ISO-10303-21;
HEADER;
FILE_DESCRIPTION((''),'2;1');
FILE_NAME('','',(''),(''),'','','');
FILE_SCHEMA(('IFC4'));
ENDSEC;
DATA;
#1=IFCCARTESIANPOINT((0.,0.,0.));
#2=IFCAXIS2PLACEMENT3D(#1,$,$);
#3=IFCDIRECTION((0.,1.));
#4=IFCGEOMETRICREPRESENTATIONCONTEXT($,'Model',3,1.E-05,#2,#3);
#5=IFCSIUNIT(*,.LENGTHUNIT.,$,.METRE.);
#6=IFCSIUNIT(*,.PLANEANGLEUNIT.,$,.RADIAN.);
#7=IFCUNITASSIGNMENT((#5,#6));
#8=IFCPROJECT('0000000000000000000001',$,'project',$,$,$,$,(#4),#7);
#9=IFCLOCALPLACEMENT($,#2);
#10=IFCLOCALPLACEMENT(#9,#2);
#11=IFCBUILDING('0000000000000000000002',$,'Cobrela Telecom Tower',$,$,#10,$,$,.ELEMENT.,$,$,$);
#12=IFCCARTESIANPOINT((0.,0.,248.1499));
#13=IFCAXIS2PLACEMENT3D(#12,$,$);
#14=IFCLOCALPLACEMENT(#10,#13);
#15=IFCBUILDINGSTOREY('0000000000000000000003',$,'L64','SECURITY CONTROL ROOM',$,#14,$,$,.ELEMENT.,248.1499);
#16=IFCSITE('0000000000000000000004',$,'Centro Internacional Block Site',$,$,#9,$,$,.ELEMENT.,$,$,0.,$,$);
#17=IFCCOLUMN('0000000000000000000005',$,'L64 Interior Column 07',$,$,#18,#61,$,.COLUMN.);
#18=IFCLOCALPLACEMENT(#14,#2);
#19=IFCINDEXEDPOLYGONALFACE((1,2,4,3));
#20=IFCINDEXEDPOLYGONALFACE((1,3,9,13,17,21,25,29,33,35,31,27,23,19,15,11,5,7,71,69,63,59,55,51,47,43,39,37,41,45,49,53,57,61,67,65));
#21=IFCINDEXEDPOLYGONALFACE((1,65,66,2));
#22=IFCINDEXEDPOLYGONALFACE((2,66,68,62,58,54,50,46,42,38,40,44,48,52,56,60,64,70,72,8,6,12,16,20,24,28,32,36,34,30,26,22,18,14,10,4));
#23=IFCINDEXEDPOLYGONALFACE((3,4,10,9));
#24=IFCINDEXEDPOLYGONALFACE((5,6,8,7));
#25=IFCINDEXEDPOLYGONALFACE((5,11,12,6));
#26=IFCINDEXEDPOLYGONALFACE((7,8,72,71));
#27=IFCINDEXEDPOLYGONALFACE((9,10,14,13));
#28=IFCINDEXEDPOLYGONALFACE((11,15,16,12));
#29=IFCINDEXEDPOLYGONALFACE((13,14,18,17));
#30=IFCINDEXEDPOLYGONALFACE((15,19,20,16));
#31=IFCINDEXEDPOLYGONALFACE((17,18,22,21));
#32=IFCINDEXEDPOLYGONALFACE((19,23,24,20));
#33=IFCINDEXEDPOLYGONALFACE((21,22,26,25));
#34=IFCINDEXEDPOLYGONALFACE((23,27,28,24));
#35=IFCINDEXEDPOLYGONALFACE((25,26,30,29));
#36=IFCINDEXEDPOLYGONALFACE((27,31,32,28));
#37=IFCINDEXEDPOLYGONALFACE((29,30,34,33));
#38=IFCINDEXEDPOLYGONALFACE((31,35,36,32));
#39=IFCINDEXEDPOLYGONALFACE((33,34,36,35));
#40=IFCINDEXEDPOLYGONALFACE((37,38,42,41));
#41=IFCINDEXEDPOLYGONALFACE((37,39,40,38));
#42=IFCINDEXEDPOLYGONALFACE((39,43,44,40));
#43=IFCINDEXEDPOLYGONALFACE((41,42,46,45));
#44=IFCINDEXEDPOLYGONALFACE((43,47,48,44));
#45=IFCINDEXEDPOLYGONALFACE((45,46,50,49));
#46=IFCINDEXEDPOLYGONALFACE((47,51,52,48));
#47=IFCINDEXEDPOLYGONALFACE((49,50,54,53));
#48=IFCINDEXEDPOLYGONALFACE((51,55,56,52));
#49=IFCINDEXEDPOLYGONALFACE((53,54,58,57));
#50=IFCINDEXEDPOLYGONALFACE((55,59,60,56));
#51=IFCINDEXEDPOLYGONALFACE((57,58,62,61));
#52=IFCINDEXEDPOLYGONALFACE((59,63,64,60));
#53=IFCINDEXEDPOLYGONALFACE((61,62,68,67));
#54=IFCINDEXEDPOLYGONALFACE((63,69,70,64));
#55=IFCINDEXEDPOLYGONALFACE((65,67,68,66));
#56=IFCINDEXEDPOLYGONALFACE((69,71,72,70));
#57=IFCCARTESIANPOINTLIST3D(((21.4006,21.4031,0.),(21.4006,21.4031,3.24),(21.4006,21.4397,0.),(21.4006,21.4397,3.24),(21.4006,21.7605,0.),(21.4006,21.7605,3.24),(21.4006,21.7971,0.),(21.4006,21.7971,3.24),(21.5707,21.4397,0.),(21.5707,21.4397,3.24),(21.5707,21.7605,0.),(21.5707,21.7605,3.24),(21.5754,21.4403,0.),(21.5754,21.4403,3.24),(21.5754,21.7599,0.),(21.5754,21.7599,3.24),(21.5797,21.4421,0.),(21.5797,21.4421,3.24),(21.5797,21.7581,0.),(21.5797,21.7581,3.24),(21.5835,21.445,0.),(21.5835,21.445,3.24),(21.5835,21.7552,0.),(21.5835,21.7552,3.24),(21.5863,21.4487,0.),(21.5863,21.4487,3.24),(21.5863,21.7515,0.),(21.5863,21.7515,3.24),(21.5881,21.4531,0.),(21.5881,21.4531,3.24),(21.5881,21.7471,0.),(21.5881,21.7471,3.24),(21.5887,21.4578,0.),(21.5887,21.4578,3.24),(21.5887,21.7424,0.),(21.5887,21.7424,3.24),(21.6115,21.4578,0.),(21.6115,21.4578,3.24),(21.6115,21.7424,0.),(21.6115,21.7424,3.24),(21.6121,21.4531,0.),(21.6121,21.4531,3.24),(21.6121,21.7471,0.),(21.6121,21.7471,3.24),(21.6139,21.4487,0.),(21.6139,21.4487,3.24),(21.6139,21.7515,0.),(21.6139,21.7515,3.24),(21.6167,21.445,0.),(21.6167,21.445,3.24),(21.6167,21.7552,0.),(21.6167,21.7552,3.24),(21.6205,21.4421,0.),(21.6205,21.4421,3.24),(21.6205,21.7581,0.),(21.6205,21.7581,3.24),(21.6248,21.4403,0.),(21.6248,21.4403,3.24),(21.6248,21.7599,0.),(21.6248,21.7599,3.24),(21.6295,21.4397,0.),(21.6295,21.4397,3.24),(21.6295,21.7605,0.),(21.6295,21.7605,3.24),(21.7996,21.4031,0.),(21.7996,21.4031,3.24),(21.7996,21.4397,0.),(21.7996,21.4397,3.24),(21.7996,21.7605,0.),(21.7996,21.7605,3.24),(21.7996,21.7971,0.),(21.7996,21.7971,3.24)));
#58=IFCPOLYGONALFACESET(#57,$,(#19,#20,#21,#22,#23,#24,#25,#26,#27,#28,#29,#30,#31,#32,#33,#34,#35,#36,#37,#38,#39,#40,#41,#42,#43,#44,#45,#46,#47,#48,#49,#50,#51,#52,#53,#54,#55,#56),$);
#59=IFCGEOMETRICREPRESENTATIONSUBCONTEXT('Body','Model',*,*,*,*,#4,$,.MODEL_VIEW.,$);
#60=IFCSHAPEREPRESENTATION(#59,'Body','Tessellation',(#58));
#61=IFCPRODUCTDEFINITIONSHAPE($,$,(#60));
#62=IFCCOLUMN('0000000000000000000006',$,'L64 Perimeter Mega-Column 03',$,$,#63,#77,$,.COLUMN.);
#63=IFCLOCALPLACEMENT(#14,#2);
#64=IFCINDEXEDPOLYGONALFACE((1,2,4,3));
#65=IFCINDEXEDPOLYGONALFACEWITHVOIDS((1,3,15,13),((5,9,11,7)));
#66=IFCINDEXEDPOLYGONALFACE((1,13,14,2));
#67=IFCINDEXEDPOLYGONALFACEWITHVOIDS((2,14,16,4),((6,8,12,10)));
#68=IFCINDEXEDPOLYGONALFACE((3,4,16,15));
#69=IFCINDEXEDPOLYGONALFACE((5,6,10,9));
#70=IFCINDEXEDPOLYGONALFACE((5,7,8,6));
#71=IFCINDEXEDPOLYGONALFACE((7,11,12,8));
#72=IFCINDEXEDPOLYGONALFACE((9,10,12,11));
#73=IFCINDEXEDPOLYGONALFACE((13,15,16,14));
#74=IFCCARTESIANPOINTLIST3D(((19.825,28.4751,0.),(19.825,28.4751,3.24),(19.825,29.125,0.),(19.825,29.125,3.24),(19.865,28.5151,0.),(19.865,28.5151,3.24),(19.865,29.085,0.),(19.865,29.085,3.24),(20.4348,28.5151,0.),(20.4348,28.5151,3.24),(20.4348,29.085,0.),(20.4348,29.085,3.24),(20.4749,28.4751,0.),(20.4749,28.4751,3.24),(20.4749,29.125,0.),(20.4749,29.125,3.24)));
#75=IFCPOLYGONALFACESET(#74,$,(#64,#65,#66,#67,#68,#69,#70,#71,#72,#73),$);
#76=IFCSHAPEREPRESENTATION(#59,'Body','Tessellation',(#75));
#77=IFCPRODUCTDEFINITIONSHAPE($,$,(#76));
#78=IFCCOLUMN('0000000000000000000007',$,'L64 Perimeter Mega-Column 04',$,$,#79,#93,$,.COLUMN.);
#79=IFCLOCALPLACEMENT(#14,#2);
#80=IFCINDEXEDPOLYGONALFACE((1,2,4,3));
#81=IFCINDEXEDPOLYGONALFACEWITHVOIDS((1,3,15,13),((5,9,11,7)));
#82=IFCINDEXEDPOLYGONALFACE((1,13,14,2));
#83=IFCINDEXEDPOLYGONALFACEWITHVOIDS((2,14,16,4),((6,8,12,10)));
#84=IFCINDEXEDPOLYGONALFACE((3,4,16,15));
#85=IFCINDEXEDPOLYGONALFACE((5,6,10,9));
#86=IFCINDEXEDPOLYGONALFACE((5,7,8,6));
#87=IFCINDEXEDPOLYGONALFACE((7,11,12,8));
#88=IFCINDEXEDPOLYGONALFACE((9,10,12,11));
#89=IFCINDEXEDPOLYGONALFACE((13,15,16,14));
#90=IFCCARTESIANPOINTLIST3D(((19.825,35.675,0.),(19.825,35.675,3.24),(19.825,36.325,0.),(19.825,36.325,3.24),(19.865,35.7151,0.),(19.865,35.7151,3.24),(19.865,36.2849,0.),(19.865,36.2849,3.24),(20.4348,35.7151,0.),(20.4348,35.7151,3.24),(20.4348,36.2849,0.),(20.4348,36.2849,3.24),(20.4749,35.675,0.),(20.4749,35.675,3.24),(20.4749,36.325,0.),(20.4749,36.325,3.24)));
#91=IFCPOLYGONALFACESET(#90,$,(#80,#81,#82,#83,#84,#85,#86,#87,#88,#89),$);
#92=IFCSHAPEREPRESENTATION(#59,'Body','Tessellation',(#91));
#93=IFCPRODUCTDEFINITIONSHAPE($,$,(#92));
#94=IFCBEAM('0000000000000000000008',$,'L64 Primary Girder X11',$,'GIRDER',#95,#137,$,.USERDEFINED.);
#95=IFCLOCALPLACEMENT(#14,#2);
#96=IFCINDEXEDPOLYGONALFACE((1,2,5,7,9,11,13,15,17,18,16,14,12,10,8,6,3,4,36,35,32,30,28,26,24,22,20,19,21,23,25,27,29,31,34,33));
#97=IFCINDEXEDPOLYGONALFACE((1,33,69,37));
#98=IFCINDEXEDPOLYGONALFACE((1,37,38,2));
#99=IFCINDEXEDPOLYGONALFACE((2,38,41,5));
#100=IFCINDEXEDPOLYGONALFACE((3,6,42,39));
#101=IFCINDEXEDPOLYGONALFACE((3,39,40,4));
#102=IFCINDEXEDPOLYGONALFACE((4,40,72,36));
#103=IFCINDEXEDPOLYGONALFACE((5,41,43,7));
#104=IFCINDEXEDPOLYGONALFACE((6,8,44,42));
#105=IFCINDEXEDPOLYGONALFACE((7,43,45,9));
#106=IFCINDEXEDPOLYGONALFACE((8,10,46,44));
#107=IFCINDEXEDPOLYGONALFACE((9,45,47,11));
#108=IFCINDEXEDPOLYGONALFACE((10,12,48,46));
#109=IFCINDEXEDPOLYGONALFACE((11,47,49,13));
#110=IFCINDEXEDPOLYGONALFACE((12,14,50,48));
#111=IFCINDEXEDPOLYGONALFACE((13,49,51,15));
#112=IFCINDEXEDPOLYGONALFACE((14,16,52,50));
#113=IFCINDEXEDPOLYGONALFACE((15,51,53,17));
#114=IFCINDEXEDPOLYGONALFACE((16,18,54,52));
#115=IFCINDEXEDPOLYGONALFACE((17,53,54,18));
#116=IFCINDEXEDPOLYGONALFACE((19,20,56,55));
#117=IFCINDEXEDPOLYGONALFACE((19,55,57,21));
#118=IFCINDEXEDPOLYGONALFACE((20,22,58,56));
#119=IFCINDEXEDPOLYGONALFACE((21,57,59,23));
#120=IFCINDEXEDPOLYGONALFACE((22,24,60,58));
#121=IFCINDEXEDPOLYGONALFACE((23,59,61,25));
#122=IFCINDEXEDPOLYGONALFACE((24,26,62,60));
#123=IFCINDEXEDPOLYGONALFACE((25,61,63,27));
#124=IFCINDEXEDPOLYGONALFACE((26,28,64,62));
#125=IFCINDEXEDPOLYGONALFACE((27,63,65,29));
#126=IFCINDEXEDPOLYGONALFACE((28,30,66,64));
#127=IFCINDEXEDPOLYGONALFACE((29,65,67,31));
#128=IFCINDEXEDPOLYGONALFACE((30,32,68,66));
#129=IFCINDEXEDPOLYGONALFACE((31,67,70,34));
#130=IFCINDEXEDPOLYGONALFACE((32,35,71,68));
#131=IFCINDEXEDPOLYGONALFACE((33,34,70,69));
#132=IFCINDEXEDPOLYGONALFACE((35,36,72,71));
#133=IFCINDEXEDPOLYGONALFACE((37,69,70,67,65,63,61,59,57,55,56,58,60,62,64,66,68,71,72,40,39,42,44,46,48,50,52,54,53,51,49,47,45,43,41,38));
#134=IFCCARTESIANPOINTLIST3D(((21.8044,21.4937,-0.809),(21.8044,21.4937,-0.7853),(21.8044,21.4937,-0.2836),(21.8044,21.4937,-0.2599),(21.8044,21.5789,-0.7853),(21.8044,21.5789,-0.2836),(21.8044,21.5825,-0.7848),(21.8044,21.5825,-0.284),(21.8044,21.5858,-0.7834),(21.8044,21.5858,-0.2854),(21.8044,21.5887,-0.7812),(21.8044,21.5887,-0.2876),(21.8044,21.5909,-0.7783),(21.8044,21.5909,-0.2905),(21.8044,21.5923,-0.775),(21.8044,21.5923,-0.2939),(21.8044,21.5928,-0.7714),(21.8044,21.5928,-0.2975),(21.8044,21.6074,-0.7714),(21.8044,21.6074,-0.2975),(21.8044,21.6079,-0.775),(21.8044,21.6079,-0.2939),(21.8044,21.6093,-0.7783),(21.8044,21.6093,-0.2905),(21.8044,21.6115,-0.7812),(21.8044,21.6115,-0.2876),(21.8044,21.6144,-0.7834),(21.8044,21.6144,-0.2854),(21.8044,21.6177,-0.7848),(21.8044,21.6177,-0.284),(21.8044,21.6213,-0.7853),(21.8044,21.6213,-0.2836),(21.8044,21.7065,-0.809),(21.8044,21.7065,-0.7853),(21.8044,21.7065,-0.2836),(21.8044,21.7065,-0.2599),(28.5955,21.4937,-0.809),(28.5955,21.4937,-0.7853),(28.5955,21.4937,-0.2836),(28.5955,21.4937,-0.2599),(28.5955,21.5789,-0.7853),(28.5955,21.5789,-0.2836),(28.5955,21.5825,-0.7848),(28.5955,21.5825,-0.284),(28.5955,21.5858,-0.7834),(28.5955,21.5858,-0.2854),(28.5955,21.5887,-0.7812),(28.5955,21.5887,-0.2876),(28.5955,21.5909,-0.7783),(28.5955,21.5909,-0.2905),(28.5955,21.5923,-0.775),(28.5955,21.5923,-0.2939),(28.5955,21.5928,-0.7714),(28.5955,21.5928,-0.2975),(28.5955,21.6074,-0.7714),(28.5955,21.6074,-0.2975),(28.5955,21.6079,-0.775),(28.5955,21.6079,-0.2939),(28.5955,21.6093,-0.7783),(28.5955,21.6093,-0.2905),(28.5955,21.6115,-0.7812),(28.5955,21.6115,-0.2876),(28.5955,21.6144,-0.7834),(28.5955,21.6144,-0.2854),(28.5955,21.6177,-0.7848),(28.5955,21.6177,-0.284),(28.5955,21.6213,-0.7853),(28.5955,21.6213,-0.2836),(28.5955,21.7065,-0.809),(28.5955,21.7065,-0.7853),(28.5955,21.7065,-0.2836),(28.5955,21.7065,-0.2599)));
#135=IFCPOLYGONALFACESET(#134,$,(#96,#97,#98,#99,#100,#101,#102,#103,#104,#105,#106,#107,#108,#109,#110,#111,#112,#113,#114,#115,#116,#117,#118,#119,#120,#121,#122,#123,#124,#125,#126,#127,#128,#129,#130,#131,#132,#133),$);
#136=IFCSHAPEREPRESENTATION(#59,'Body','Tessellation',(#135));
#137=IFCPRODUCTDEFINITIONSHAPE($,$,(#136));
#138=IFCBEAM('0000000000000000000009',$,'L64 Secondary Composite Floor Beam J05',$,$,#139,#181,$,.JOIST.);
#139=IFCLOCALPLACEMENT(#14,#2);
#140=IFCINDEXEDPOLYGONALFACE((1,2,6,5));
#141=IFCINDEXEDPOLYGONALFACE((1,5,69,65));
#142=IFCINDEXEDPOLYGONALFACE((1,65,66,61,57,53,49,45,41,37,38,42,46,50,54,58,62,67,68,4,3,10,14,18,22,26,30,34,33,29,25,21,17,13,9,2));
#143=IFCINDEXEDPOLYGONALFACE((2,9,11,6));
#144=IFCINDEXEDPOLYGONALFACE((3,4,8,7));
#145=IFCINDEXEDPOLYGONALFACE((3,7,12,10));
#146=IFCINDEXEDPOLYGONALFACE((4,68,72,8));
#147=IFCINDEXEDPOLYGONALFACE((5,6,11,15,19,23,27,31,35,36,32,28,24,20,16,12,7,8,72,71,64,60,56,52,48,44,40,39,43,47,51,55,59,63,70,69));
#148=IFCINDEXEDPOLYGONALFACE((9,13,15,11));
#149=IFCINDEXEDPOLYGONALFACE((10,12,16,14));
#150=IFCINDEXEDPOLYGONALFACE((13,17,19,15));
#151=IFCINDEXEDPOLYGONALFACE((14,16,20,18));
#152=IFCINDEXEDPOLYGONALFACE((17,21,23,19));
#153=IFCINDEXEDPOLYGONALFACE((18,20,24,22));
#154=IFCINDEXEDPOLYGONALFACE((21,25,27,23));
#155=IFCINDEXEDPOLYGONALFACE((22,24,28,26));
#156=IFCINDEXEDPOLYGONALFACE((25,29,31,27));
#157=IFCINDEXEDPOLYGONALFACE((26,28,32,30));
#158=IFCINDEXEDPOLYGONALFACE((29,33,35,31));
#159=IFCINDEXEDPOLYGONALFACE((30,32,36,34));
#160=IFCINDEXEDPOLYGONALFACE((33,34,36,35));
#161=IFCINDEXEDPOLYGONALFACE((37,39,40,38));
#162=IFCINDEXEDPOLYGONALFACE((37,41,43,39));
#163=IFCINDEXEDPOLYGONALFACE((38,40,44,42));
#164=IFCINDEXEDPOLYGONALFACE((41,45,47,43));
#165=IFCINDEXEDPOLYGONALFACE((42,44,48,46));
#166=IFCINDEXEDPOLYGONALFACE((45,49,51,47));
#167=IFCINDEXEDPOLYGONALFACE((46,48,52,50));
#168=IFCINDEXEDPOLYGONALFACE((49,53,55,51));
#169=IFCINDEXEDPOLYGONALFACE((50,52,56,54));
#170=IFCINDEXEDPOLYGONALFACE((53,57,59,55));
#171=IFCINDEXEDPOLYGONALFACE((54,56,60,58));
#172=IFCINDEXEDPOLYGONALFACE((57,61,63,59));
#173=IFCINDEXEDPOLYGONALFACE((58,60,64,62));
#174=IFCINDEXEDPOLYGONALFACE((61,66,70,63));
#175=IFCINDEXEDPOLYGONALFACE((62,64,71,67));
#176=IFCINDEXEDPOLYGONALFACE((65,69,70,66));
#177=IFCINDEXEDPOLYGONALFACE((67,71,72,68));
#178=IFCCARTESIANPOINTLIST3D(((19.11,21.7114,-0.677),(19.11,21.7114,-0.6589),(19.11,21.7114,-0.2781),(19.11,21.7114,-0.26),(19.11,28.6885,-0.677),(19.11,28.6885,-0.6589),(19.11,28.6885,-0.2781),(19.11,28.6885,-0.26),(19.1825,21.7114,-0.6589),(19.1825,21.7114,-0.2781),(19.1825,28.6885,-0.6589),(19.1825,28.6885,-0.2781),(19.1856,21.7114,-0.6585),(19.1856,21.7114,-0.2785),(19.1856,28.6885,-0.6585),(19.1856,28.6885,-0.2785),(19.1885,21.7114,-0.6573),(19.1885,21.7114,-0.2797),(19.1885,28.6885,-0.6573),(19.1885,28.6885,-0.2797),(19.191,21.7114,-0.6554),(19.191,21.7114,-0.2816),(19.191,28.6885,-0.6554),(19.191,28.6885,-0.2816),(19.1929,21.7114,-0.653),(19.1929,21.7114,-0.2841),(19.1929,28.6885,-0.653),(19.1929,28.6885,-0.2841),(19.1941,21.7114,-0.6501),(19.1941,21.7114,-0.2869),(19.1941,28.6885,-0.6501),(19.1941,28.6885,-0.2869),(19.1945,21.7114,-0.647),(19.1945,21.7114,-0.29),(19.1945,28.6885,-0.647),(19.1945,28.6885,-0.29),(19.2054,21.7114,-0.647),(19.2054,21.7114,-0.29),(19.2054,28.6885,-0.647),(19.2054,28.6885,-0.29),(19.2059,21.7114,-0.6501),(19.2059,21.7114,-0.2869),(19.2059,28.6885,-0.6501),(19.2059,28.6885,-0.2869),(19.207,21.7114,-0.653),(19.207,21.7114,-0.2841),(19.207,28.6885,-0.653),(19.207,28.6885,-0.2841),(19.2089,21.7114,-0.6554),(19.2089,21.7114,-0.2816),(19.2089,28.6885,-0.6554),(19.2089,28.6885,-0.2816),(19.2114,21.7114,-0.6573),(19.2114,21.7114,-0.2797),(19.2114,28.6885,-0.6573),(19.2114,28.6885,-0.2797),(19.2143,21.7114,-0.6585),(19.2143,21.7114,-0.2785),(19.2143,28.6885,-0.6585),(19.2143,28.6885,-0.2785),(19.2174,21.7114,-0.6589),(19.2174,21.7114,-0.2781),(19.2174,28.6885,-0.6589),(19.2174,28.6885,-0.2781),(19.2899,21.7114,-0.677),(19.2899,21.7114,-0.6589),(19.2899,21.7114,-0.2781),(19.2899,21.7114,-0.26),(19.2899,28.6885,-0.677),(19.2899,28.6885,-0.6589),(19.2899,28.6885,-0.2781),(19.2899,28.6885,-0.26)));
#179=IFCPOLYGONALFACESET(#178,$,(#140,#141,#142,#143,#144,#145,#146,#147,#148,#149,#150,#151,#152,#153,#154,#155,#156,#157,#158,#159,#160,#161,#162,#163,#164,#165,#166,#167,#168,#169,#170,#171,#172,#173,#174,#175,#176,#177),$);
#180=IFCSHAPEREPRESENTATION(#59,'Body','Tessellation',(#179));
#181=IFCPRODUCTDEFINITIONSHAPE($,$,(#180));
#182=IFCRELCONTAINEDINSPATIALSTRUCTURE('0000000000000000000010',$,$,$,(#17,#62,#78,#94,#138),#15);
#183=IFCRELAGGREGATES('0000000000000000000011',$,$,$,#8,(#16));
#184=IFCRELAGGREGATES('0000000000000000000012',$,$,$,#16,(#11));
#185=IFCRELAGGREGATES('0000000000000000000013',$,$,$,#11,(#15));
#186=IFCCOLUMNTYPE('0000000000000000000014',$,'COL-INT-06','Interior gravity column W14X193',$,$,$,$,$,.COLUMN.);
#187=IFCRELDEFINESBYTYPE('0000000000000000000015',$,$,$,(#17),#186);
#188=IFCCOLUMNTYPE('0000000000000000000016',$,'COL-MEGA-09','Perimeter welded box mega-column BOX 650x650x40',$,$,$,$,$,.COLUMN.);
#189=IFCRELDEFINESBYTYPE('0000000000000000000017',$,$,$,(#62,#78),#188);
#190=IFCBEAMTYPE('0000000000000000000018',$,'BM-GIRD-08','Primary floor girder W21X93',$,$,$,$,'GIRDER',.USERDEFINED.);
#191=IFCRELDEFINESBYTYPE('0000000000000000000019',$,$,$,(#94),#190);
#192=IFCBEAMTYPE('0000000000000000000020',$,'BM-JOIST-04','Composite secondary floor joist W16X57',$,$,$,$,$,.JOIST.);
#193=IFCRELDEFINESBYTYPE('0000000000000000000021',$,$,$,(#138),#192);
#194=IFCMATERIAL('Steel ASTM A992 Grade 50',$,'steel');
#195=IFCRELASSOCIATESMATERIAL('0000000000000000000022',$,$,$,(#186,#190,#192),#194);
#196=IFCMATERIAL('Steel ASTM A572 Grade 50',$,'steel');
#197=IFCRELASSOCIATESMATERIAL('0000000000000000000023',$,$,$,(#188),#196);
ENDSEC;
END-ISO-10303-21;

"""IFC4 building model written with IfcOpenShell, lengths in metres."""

from ifc_helpers import new_model, si_unit, direction, frame, origin, origin_2d, place, context, subcontext, project, spatial, hollow_rectangle, i_section, extrude, material, material_profile, profile_set, type_object, element, save


model = new_model("IFC4")

# Units and contexts
model_context = context("Model", 3, precision=1e-05, world=origin(), true_north=direction((0.0, 1.0)))
body_context = subcontext(model_context, "Body", "Model", "MODEL_VIEW")
ifc_project = project(units=[si_unit("LENGTHUNIT", "METRE"), si_unit("PLANEANGLEUNIT", "RADIAN")], contexts=[model_context])

# Site, building, storey
site_placement = place(None, origin())
site = spatial("IfcSite", under=ifc_project, at=site_placement, Name="Centro Internacional Block Site", CompositionType="ELEMENT", RefElevation=0.0)
building_placement = place(site_placement, origin())
building = spatial("IfcBuilding", under=site, at=building_placement, Name="Cobrela Telecom Tower", CompositionType="ELEMENT")
storey_placement = place(building_placement, frame((0.0, 0.0, 248.1499)))
storey = spatial("IfcBuildingStorey", under=building, at=storey_placement, Name="L64", Description="SECURITY CONTROL ROOM", CompositionType="ELEMENT", Elevation=248.1499)

# Columns
ifc_material_1 = material(Name="Steel ASTM A992 Grade 50", Category="steel")
ifc_material_profile_1 = material_profile(ifc_material_1, i_section(OverallWidth=0.3989, OverallDepth=0.394, WebThickness=0.0227, FlangeThickness=0.0366, FilletRadius=0.0181, at=origin_2d()), Name="W14X193")
ifc_profile_set_1 = profile_set([ifc_material_profile_1], Name="Steel ASTM A992 Grade 50")
column_type_1 = type_object("IfcColumnType", Name="COL-INT-06", Description="Interior gravity column W14X193", PredefinedType="COLUMN", material=ifc_profile_set_1)
column_placement = place(storey_placement, frame((21.6001, 21.6001, 0.0), z_axis=(0.0, 0.0, 1.0), x_axis=(1.0, 0.0, 0.0)))
element("IfcColumn", 1, at=column_placement, inside=storey, type_object=column_type_1, Name="L64 Interior Column 07", PredefinedType="COLUMN", context=body_context, shape_type="SweptSolid", body=[
    extrude(i_section(OverallWidth=0.3989, OverallDepth=0.394, WebThickness=0.0227, FlangeThickness=0.0366, FilletRadius=0.0181, at=origin_2d()), origin(), (0.0, 0.0, 1.0), 3.24),
])
ifc_material_2 = material(Name="Steel ASTM A572 Grade 50", Category="steel")
ifc_material_profile_2 = material_profile(ifc_material_2, hollow_rectangle(XDim=0.6499, YDim=0.6499, WallThickness=0.04, at=origin_2d()), Name="BOX 650x650x40")
ifc_profile_set_2 = profile_set([ifc_material_profile_2], Name="Steel ASTM A572 Grade 50")
column_type_2 = type_object("IfcColumnType", Name="COL-MEGA-09", Description="Perimeter welded box mega-column BOX 650x650x40", PredefinedType="COLUMN", material=ifc_profile_set_2)
for number, where, z_axis, x_axis, name in (
    (2, (20.1499, 28.8, 0.0), (0.0, 0.0, 1.0), (1.0, 0.0, 0.0), "L64 Perimeter Mega-Column 03"),
    (3, (20.1499, 36.0, 0.0), (0.0, 0.0, 1.0), (1.0, 0.0, 0.0), "L64 Perimeter Mega-Column 04"),
):
    element("IfcColumn", number, at=place(storey_placement, frame(where, z_axis=z_axis, x_axis=x_axis)), inside=storey, type_object=column_type_2, Name=name, PredefinedType="COLUMN", context=body_context, shape_type="SweptSolid", body=[
        extrude(hollow_rectangle(XDim=0.6499, YDim=0.6499, WallThickness=0.04, at=origin_2d()), origin(), (0.0, 0.0, 1.0), 3.24),
    ])

# Beams
ifc_material_profile_3 = material_profile(ifc_material_1, i_section(OverallWidth=0.2129, OverallDepth=0.5491, WebThickness=0.0146, FlangeThickness=0.0237, FilletRadius=0.0139, at=origin_2d()), Name="W21X93")
ifc_profile_set_3 = profile_set([ifc_material_profile_3], Name="Steel ASTM A992 Grade 50")
beam_type_1 = type_object("IfcBeamType", Name="BM-GIRD-08", Description="Primary floor girder W21X93", ElementType="GIRDER", PredefinedType="USERDEFINED", material=ifc_profile_set_3)
beam_1_placement = place(storey_placement, frame((21.8044, 21.6001, -0.5344), z_axis=(1.0, 0.0, 0.0), x_axis=(0.0, 1.0, 0.0)))
element("IfcBeam", 4, at=beam_1_placement, inside=storey, type_object=beam_type_1, Name="L64 Primary Girder X11", ObjectType="GIRDER", PredefinedType="USERDEFINED", context=body_context, shape_type="SweptSolid", body=[
    extrude(i_section(OverallWidth=0.2129, OverallDepth=0.5491, WebThickness=0.0146, FlangeThickness=0.0237, FilletRadius=0.0139, at=origin_2d()), origin(), (0.0, 0.0, 1.0), 6.791),
])
ifc_material_profile_4 = material_profile(ifc_material_1, i_section(OverallWidth=0.1799, OverallDepth=0.417, WebThickness=0.011, FlangeThickness=0.0181, FilletRadius=0.012, at=origin_2d()), Name="W16X57")
ifc_profile_set_4 = profile_set([ifc_material_profile_4], Name="Steel ASTM A992 Grade 50")
beam_type_2 = type_object("IfcBeamType", Name="BM-JOIST-04", Description="Composite secondary floor joist W16X57", PredefinedType="JOIST", material=ifc_profile_set_4)
beam_2_placement = place(storey_placement, frame((19.2, 21.7114, -0.4685), z_axis=(0.0, 1.0, 0.0), x_axis=(-1.0, 0.0, 0.0)))
element("IfcBeam", 5, at=beam_2_placement, inside=storey, type_object=beam_type_2, Name="L64 Secondary Composite Floor Beam J05", PredefinedType="JOIST", context=body_context, shape_type="SweptSolid", body=[
    extrude(i_section(OverallWidth=0.1799, OverallDepth=0.417, WebThickness=0.011, FlangeThickness=0.0181, FilletRadius=0.012, at=origin_2d()), origin(), (0.0, 0.0, 1.0), 6.9771),
])

save(model, "model.ifc")
